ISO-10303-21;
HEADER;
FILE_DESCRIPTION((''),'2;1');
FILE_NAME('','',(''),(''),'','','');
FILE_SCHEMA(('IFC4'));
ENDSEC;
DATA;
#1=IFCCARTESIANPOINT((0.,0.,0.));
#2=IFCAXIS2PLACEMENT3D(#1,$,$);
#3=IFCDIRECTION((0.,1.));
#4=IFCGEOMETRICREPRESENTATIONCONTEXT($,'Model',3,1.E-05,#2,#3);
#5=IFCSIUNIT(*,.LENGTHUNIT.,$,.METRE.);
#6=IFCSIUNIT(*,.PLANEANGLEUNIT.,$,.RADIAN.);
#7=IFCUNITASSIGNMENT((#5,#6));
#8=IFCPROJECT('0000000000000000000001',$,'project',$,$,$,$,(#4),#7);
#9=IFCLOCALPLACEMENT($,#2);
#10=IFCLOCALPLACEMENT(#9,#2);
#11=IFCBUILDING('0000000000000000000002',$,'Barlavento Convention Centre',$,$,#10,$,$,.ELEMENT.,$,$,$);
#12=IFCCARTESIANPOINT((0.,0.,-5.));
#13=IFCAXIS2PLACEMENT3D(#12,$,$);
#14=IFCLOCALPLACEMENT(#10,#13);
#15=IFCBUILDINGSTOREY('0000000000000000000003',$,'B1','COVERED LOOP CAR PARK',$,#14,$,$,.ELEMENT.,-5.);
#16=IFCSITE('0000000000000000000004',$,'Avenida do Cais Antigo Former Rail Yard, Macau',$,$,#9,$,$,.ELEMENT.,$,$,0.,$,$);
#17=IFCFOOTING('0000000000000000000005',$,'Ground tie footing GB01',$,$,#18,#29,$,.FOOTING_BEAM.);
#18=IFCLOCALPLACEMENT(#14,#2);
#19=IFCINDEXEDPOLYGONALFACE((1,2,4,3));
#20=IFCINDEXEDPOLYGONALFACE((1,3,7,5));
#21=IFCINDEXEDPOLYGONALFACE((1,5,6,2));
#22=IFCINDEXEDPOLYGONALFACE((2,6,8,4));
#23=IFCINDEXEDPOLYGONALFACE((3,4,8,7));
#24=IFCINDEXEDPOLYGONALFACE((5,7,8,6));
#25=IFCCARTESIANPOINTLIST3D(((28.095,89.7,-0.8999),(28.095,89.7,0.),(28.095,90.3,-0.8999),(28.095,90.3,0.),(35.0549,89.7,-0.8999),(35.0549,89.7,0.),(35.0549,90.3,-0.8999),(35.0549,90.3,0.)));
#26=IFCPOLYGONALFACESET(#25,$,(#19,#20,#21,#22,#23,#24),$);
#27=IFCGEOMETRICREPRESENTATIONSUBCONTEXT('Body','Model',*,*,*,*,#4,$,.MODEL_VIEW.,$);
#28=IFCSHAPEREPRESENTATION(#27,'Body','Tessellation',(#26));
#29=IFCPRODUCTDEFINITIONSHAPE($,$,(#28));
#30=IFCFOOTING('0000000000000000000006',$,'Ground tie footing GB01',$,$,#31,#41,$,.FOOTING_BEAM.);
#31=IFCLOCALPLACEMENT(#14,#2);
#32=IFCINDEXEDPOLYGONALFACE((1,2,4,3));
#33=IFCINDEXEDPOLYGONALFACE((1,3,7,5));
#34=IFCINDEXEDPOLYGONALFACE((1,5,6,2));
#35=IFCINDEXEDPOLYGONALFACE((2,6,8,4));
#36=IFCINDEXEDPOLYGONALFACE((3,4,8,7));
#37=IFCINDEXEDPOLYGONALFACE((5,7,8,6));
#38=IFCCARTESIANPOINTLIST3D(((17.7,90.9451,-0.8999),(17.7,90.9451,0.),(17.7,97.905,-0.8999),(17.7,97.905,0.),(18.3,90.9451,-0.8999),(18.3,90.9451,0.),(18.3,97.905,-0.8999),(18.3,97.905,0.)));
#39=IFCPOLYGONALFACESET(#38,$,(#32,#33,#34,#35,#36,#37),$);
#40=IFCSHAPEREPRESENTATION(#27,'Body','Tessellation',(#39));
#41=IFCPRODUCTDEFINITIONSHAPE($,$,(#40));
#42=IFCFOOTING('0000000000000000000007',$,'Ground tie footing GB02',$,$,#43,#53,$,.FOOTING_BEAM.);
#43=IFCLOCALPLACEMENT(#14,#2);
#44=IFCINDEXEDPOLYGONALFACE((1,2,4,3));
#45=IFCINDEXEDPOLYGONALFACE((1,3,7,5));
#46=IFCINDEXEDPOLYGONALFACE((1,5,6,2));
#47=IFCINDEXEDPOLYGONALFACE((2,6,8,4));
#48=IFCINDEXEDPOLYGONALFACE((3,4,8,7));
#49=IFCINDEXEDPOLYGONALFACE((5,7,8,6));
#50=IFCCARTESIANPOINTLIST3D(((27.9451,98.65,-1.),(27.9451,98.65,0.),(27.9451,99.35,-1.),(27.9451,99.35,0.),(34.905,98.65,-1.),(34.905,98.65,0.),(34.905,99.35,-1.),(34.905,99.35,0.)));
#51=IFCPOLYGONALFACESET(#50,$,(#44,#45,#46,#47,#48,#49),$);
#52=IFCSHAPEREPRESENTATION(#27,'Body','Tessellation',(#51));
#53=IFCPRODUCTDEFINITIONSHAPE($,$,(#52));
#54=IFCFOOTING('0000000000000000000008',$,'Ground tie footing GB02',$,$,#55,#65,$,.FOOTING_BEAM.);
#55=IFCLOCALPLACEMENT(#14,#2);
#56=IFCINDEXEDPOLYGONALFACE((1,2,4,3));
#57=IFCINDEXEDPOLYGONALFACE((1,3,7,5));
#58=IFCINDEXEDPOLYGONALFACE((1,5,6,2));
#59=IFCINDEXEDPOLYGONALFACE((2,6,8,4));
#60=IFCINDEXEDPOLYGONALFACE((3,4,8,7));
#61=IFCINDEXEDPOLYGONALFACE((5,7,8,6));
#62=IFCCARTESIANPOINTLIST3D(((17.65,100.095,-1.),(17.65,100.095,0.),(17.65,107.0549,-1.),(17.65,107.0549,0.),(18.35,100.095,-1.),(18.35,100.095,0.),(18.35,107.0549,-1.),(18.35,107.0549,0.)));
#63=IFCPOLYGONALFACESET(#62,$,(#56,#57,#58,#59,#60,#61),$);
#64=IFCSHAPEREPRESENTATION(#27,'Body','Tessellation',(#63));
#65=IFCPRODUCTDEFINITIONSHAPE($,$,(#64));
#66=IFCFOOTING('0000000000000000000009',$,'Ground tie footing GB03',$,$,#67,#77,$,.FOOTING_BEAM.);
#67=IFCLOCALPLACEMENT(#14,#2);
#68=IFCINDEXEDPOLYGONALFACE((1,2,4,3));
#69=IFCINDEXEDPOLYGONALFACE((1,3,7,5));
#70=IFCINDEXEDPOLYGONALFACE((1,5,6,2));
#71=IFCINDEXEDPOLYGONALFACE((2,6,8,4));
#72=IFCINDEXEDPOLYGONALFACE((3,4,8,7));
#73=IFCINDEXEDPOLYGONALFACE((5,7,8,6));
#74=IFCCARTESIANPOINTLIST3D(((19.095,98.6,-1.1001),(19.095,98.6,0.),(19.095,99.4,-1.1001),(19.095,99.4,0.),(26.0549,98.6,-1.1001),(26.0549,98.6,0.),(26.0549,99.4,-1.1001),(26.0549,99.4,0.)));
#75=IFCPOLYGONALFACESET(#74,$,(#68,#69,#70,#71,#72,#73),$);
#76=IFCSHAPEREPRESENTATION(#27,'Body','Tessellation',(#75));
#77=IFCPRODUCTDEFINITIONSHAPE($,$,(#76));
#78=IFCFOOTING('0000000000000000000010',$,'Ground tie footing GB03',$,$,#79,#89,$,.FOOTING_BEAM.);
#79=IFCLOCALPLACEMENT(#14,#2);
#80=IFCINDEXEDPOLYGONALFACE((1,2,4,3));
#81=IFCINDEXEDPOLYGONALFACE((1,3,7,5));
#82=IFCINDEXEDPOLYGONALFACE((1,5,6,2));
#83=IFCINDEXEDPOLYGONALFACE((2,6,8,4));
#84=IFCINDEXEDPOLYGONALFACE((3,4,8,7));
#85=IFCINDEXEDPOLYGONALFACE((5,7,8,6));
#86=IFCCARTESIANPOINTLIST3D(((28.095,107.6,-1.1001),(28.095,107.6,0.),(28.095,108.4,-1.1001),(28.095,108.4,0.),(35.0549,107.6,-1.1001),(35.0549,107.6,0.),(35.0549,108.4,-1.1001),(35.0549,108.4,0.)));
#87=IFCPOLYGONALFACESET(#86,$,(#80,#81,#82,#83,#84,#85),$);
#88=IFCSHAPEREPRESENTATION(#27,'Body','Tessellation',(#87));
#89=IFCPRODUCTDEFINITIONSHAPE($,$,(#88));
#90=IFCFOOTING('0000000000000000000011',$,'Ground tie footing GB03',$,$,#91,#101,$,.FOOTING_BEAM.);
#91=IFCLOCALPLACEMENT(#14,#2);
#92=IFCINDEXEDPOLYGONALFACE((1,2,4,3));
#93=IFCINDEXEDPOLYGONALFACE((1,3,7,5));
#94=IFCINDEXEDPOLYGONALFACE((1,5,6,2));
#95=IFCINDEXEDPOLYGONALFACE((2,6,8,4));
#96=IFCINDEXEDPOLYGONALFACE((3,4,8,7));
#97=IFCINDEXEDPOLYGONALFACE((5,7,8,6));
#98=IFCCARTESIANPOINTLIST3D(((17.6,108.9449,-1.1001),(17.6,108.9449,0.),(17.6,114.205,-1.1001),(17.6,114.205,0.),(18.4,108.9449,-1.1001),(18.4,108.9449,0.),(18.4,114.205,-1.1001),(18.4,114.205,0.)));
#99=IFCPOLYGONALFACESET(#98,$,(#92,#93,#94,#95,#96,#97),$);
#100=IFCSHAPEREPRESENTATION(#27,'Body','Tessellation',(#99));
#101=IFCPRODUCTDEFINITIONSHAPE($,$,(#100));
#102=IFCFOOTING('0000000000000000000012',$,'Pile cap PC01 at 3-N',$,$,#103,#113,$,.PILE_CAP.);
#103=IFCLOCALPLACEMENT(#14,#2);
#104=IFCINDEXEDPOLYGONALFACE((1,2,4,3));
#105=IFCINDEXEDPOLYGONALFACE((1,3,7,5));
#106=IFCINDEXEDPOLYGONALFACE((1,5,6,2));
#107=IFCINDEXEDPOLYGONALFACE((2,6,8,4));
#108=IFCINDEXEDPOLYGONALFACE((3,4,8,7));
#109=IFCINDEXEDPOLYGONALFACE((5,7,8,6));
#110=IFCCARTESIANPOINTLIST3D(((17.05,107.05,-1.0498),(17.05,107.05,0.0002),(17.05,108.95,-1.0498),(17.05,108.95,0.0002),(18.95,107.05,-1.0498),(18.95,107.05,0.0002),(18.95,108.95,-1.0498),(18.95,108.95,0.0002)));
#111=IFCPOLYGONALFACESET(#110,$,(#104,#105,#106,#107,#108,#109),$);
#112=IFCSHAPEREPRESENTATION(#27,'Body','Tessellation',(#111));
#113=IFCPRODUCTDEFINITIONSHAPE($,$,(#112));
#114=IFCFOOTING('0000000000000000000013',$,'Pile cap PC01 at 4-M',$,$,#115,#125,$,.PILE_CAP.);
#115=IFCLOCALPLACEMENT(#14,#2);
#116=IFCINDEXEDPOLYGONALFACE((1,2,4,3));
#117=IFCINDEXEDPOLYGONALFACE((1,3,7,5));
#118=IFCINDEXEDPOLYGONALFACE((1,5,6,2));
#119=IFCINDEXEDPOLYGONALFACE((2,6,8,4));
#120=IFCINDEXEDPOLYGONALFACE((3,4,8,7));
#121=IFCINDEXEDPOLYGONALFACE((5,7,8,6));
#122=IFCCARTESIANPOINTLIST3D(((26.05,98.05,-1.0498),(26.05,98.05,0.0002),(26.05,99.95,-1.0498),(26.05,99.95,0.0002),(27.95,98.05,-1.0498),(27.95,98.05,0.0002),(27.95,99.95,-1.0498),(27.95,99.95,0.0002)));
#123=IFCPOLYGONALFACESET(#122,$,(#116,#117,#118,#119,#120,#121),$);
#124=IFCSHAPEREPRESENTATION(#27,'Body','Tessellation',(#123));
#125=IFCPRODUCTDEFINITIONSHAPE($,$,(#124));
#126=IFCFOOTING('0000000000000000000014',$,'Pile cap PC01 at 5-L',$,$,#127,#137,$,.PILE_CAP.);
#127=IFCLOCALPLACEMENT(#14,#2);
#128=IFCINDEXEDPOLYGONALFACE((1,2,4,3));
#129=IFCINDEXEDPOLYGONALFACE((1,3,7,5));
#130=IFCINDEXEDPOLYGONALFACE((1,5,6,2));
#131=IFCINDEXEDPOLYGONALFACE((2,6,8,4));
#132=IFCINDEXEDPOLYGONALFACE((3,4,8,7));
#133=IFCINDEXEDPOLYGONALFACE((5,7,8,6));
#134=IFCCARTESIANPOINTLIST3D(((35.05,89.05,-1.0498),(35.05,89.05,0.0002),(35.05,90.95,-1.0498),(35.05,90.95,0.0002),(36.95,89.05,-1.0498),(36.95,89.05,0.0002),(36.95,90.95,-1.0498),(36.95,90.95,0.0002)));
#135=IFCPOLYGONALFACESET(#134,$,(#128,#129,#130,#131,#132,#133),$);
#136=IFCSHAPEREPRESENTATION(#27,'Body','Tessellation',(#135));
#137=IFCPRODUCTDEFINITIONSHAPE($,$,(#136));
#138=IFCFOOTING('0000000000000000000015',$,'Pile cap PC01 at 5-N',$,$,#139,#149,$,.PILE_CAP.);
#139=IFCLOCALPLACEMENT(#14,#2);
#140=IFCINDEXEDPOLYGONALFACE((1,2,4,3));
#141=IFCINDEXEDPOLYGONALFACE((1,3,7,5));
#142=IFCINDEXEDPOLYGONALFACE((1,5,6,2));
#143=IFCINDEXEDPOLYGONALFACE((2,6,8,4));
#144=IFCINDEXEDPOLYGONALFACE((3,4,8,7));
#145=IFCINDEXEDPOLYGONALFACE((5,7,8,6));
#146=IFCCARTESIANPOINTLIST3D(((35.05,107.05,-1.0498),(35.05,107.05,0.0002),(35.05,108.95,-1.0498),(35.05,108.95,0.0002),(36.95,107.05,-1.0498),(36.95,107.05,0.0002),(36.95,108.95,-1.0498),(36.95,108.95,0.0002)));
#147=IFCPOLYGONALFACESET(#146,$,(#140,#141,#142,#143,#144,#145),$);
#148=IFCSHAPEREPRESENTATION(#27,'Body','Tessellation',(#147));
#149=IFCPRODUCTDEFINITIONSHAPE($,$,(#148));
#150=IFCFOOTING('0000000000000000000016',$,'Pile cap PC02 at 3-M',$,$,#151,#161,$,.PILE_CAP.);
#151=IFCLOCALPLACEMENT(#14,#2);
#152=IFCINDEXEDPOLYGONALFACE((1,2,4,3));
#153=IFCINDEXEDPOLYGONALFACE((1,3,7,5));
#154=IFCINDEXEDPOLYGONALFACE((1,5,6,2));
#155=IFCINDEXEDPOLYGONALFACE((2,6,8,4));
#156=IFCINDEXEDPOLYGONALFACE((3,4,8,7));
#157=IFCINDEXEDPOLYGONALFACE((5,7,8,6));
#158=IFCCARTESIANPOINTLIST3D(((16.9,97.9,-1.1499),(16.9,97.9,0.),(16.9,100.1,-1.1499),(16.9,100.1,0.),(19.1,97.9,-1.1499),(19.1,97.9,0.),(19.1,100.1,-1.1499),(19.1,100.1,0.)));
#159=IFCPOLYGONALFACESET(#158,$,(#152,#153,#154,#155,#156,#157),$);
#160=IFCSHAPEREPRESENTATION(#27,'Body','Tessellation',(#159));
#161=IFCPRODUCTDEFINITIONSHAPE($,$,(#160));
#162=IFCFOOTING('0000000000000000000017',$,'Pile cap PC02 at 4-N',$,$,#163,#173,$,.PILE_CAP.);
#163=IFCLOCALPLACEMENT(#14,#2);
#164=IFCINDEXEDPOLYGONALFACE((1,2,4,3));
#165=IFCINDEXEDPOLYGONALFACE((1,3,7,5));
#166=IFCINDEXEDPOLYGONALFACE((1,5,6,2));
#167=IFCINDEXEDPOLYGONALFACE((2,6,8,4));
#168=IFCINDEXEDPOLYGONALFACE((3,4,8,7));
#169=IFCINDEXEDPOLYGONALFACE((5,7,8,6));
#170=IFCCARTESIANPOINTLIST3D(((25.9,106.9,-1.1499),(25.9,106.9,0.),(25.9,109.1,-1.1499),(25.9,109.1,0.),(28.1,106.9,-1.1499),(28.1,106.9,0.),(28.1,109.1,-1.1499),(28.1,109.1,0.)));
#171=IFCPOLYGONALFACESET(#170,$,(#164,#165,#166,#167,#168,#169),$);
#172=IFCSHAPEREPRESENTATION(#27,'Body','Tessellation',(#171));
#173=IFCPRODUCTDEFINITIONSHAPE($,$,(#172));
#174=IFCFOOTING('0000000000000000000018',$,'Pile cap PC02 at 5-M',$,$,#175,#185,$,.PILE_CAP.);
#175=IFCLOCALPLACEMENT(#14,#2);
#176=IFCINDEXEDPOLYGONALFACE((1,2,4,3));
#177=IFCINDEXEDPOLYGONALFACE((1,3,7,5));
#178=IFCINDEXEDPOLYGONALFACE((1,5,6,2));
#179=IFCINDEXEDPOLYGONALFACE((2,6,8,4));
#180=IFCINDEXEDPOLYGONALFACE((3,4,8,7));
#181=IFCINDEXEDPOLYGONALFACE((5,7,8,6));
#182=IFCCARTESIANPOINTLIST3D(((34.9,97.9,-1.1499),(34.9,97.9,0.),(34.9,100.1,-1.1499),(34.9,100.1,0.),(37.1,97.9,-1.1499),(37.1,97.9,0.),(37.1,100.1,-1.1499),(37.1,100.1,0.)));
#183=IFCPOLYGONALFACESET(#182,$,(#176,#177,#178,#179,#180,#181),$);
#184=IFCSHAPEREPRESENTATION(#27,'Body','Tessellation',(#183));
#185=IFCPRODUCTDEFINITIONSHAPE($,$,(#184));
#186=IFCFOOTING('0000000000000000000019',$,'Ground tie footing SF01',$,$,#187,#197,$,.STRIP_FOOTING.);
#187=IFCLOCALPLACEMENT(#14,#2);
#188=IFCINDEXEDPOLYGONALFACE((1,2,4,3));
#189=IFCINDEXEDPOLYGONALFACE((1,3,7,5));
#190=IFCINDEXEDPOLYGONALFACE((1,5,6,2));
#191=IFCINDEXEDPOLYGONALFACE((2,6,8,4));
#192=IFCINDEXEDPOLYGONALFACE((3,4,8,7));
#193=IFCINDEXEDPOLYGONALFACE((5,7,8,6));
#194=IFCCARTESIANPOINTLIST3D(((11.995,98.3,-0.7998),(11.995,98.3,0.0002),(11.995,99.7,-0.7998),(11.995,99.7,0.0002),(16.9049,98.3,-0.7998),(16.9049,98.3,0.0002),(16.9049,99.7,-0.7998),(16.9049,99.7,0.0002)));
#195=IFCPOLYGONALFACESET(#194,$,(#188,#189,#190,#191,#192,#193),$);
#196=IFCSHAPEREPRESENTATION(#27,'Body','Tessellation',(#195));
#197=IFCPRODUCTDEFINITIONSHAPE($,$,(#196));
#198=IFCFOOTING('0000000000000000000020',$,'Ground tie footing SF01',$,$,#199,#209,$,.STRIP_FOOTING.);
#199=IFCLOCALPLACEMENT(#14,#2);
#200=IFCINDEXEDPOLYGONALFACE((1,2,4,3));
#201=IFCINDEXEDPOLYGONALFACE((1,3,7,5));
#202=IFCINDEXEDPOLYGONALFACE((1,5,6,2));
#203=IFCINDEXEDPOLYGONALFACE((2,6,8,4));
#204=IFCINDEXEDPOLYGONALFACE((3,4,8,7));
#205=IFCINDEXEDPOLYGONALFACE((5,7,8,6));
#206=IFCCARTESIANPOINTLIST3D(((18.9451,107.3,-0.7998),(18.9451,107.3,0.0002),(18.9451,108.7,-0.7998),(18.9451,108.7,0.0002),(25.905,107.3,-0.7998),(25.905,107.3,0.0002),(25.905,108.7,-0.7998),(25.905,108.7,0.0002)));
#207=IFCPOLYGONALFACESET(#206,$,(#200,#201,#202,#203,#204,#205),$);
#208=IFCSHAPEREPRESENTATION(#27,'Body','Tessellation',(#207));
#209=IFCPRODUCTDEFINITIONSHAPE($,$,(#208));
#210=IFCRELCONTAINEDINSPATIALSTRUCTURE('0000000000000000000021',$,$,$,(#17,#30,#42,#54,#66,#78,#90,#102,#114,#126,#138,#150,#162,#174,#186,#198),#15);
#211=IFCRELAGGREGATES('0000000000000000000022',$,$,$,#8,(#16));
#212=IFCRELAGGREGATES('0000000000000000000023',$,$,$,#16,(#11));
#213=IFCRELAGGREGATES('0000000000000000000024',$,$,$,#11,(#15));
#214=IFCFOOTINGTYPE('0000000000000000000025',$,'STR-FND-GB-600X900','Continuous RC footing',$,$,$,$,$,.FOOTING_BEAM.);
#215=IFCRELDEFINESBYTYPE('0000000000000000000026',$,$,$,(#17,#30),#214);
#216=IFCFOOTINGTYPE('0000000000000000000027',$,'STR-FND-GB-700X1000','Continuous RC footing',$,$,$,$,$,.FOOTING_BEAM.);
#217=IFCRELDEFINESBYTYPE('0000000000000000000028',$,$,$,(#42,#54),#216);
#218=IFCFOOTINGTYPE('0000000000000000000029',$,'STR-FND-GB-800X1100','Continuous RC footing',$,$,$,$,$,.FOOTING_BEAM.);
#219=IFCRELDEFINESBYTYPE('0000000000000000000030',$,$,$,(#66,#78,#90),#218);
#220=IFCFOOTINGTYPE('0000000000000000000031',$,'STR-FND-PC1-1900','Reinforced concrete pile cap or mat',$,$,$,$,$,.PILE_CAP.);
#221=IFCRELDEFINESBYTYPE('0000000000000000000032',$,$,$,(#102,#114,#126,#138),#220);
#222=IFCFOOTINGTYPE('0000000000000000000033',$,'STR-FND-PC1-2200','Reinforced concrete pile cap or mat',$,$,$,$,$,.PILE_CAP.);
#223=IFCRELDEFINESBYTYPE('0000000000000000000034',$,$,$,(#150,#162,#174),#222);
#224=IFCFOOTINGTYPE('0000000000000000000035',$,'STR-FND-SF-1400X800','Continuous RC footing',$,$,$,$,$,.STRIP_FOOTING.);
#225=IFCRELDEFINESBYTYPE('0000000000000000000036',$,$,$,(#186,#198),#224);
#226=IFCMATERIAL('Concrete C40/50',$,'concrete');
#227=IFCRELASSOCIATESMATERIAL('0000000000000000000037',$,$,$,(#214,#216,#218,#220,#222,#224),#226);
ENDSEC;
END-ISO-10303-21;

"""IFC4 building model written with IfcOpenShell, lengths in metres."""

from ifc_helpers import new_model, si_unit, direction, frame, origin, origin_2d, place, context, subcontext, project, spatial, rectangle, extrude, material, type_object, element, save


model = new_model("IFC4")

# Units and contexts
model_context = context("Model", 3, precision=1e-05, world=origin(), true_north=direction((0.0, 1.0)))
body_context = subcontext(model_context, "Body", "Model", "MODEL_VIEW")
ifc_project = project(units=[si_unit("LENGTHUNIT", "METRE"), si_unit("PLANEANGLEUNIT", "RADIAN")], contexts=[model_context])

# Site, building, storey
site_placement = place(None, origin())
site = spatial("IfcSite", under=ifc_project, at=site_placement, Name="Avenida do Cais Antigo Former Rail Yard, Macau", CompositionType="ELEMENT", RefElevation=0.0)
building_placement = place(site_placement, origin())
building = spatial("IfcBuilding", under=site, at=building_placement, Name="Barlavento Convention Centre", CompositionType="ELEMENT")
storey_placement = place(building_placement, frame((0.0, 0.0, -5.0)))
storey = spatial("IfcBuildingStorey", under=building, at=storey_placement, Name="B1", Description="COVERED LOOP CAR PARK", CompositionType="ELEMENT", Elevation=-5.0)

# Footings
ifc_material_1 = material(Name="Concrete C40/50", Category="concrete")
footing_type_1 = type_object("IfcFootingType", Name="STR-FND-GB-600X900", Description="Continuous RC footing", PredefinedType="FOOTING_BEAM", material=ifc_material_1)
footing_1_placement = place(storey_placement, frame((31.575, 90.0, -0.8999), z_axis=(0.0, 0.0, 1.0), x_axis=(1.0, 0.0, 0.0)))
element("IfcFooting", 1, at=footing_1_placement, inside=storey, type_object=footing_type_1, Name="Ground tie footing GB01", PredefinedType="FOOTING_BEAM", context=body_context, shape_type="SweptSolid", body=[
    extrude(rectangle(XDim=6.96, YDim=0.6001, at=origin_2d()), origin(), (0.0, 0.0, 1.0), 0.8999),
])
footing_2_placement = place(storey_placement, frame((18.0, 94.425, -0.8999), z_axis=(0.0, 0.0, 1.0), x_axis=(1.0, 0.0, 0.0)))
element("IfcFooting", 2, at=footing_2_placement, inside=storey, type_object=footing_type_1, Name="Ground tie footing GB01", PredefinedType="FOOTING_BEAM", context=body_context, shape_type="SweptSolid", body=[
    extrude(rectangle(XDim=0.6001, YDim=6.96, at=origin_2d()), origin(), (0.0, 0.0, 1.0), 0.8999),
])
footing_type_2 = type_object("IfcFootingType", Name="STR-FND-GB-700X1000", Description="Continuous RC footing", PredefinedType="FOOTING_BEAM", material=ifc_material_1)
footing_3_placement = place(storey_placement, frame((31.425, 99.0, -1.0), z_axis=(0.0, 0.0, 1.0), x_axis=(1.0, 0.0, 0.0)))
element("IfcFooting", 3, at=footing_3_placement, inside=storey, type_object=footing_type_2, Name="Ground tie footing GB02", PredefinedType="FOOTING_BEAM", context=body_context, shape_type="SweptSolid", body=[
    extrude(rectangle(XDim=6.96, YDim=0.7, at=origin_2d()), origin(), (0.0, 0.0, 1.0), 1.0),
])
footing_4_placement = place(storey_placement, frame((18.0, 103.575, -1.0), z_axis=(0.0, 0.0, 1.0), x_axis=(1.0, 0.0, 0.0)))
element("IfcFooting", 4, at=footing_4_placement, inside=storey, type_object=footing_type_2, Name="Ground tie footing GB02", PredefinedType="FOOTING_BEAM", context=body_context, shape_type="SweptSolid", body=[
    extrude(rectangle(XDim=0.7, YDim=6.96, at=origin_2d()), origin(), (0.0, 0.0, 1.0), 1.0),
])
footing_type_3 = type_object("IfcFootingType", Name="STR-FND-GB-800X1100", Description="Continuous RC footing", PredefinedType="FOOTING_BEAM", material=ifc_material_1)
for number, where, z_axis, x_axis, name in (
    (5, (22.575, 99.0, -1.1001), (0.0, 0.0, 1.0), (1.0, 0.0, 0.0), "Ground tie footing GB03"),
    (6, (31.575, 108.0, -1.1001), (0.0, 0.0, 1.0), (1.0, 0.0, 0.0), "Ground tie footing GB03"),
):
    element("IfcFooting", number, at=place(storey_placement, frame(where, z_axis=z_axis, x_axis=x_axis)), inside=storey, type_object=footing_type_3, Name=name, PredefinedType="FOOTING_BEAM", context=body_context, shape_type="SweptSolid", body=[
        extrude(rectangle(XDim=6.96, YDim=0.8, at=origin_2d()), origin(), (0.0, 0.0, 1.0), 1.1001),
    ])
footing_5_placement = place(storey_placement, frame((18.0, 111.575, -1.1001), z_axis=(0.0, 0.0, 1.0), x_axis=(1.0, 0.0, 0.0)))
element("IfcFooting", 7, at=footing_5_placement, inside=storey, type_object=footing_type_3, Name="Ground tie footing GB03", PredefinedType="FOOTING_BEAM", context=body_context, shape_type="SweptSolid", body=[
    extrude(rectangle(XDim=0.8, YDim=5.26, at=origin_2d()), origin(), (0.0, 0.0, 1.0), 1.1001),
])
footing_type_4 = type_object("IfcFootingType", Name="STR-FND-PC1-1900", Description="Reinforced concrete pile cap or mat", PredefinedType="PILE_CAP", material=ifc_material_1)
for number, where, z_axis, x_axis, name in (
    (8, (18.0, 108.0, -1.0498), (0.0, 0.0, 1.0), (1.0, 0.0, 0.0), "Pile cap PC01 at 3-N"),
    (9, (27.0, 99.0, -1.0498), (0.0, 0.0, 1.0), (1.0, 0.0, 0.0), "Pile cap PC01 at 4-M"),
    (10, (36.0, 90.0, -1.0498), (0.0, 0.0, 1.0), (1.0, 0.0, 0.0), "Pile cap PC01 at 5-L"),
    (11, (36.0, 108.0, -1.0498), (0.0, 0.0, 1.0), (1.0, 0.0, 0.0), "Pile cap PC01 at 5-N"),
):
    element("IfcFooting", number, at=place(storey_placement, frame(where, z_axis=z_axis, x_axis=x_axis)), inside=storey, type_object=footing_type_4, Name=name, PredefinedType="PILE_CAP", context=body_context, shape_type="SweptSolid", body=[
        extrude(rectangle(XDim=1.8999, YDim=1.8999, at=origin_2d()), origin(), (0.0, 0.0, 1.0), 1.05),
    ])
footing_type_5 = type_object("IfcFootingType", Name="STR-FND-PC1-2200", Description="Reinforced concrete pile cap or mat", PredefinedType="PILE_CAP", material=ifc_material_1)
for number, where, z_axis, x_axis, name in (
    (12, (18.0, 99.0, -1.1499), (0.0, 0.0, 1.0), (1.0, 0.0, 0.0), "Pile cap PC02 at 3-M"),
    (13, (27.0, 108.0, -1.1499), (0.0, 0.0, 1.0), (1.0, 0.0, 0.0), "Pile cap PC02 at 4-N"),
    (14, (36.0, 99.0, -1.1499), (0.0, 0.0, 1.0), (1.0, 0.0, 0.0), "Pile cap PC02 at 5-M"),
):
    element("IfcFooting", number, at=place(storey_placement, frame(where, z_axis=z_axis, x_axis=x_axis)), inside=storey, type_object=footing_type_5, Name=name, PredefinedType="PILE_CAP", context=body_context, shape_type="SweptSolid", body=[
        extrude(rectangle(XDim=2.2, YDim=2.2, at=origin_2d()), origin(), (0.0, 0.0, 1.0), 1.1499),
    ])
footing_type_6 = type_object("IfcFootingType", Name="STR-FND-SF-1400X800", Description="Continuous RC footing", PredefinedType="STRIP_FOOTING", material=ifc_material_1)
footing_6_placement = place(storey_placement, frame((14.45, 99.0, -0.7998), z_axis=(0.0, 0.0, 1.0), x_axis=(1.0, 0.0, 0.0)))
element("IfcFooting", 15, at=footing_6_placement, inside=storey, type_object=footing_type_6, Name="Ground tie footing SF01", PredefinedType="STRIP_FOOTING", context=body_context, shape_type="SweptSolid", body=[
    extrude(rectangle(XDim=4.9099, YDim=1.3999, at=origin_2d()), origin(), (0.0, 0.0, 1.0), 0.8),
])
footing_7_placement = place(storey_placement, frame((22.425, 108.0, -0.7998), z_axis=(0.0, 0.0, 1.0), x_axis=(1.0, 0.0, 0.0)))
element("IfcFooting", 16, at=footing_7_placement, inside=storey, type_object=footing_type_6, Name="Ground tie footing SF01", PredefinedType="STRIP_FOOTING", context=body_context, shape_type="SweptSolid", body=[
    extrude(rectangle(XDim=6.96, YDim=1.3999, at=origin_2d()), origin(), (0.0, 0.0, 1.0), 0.8),
])

save(model, "model.ifc")
